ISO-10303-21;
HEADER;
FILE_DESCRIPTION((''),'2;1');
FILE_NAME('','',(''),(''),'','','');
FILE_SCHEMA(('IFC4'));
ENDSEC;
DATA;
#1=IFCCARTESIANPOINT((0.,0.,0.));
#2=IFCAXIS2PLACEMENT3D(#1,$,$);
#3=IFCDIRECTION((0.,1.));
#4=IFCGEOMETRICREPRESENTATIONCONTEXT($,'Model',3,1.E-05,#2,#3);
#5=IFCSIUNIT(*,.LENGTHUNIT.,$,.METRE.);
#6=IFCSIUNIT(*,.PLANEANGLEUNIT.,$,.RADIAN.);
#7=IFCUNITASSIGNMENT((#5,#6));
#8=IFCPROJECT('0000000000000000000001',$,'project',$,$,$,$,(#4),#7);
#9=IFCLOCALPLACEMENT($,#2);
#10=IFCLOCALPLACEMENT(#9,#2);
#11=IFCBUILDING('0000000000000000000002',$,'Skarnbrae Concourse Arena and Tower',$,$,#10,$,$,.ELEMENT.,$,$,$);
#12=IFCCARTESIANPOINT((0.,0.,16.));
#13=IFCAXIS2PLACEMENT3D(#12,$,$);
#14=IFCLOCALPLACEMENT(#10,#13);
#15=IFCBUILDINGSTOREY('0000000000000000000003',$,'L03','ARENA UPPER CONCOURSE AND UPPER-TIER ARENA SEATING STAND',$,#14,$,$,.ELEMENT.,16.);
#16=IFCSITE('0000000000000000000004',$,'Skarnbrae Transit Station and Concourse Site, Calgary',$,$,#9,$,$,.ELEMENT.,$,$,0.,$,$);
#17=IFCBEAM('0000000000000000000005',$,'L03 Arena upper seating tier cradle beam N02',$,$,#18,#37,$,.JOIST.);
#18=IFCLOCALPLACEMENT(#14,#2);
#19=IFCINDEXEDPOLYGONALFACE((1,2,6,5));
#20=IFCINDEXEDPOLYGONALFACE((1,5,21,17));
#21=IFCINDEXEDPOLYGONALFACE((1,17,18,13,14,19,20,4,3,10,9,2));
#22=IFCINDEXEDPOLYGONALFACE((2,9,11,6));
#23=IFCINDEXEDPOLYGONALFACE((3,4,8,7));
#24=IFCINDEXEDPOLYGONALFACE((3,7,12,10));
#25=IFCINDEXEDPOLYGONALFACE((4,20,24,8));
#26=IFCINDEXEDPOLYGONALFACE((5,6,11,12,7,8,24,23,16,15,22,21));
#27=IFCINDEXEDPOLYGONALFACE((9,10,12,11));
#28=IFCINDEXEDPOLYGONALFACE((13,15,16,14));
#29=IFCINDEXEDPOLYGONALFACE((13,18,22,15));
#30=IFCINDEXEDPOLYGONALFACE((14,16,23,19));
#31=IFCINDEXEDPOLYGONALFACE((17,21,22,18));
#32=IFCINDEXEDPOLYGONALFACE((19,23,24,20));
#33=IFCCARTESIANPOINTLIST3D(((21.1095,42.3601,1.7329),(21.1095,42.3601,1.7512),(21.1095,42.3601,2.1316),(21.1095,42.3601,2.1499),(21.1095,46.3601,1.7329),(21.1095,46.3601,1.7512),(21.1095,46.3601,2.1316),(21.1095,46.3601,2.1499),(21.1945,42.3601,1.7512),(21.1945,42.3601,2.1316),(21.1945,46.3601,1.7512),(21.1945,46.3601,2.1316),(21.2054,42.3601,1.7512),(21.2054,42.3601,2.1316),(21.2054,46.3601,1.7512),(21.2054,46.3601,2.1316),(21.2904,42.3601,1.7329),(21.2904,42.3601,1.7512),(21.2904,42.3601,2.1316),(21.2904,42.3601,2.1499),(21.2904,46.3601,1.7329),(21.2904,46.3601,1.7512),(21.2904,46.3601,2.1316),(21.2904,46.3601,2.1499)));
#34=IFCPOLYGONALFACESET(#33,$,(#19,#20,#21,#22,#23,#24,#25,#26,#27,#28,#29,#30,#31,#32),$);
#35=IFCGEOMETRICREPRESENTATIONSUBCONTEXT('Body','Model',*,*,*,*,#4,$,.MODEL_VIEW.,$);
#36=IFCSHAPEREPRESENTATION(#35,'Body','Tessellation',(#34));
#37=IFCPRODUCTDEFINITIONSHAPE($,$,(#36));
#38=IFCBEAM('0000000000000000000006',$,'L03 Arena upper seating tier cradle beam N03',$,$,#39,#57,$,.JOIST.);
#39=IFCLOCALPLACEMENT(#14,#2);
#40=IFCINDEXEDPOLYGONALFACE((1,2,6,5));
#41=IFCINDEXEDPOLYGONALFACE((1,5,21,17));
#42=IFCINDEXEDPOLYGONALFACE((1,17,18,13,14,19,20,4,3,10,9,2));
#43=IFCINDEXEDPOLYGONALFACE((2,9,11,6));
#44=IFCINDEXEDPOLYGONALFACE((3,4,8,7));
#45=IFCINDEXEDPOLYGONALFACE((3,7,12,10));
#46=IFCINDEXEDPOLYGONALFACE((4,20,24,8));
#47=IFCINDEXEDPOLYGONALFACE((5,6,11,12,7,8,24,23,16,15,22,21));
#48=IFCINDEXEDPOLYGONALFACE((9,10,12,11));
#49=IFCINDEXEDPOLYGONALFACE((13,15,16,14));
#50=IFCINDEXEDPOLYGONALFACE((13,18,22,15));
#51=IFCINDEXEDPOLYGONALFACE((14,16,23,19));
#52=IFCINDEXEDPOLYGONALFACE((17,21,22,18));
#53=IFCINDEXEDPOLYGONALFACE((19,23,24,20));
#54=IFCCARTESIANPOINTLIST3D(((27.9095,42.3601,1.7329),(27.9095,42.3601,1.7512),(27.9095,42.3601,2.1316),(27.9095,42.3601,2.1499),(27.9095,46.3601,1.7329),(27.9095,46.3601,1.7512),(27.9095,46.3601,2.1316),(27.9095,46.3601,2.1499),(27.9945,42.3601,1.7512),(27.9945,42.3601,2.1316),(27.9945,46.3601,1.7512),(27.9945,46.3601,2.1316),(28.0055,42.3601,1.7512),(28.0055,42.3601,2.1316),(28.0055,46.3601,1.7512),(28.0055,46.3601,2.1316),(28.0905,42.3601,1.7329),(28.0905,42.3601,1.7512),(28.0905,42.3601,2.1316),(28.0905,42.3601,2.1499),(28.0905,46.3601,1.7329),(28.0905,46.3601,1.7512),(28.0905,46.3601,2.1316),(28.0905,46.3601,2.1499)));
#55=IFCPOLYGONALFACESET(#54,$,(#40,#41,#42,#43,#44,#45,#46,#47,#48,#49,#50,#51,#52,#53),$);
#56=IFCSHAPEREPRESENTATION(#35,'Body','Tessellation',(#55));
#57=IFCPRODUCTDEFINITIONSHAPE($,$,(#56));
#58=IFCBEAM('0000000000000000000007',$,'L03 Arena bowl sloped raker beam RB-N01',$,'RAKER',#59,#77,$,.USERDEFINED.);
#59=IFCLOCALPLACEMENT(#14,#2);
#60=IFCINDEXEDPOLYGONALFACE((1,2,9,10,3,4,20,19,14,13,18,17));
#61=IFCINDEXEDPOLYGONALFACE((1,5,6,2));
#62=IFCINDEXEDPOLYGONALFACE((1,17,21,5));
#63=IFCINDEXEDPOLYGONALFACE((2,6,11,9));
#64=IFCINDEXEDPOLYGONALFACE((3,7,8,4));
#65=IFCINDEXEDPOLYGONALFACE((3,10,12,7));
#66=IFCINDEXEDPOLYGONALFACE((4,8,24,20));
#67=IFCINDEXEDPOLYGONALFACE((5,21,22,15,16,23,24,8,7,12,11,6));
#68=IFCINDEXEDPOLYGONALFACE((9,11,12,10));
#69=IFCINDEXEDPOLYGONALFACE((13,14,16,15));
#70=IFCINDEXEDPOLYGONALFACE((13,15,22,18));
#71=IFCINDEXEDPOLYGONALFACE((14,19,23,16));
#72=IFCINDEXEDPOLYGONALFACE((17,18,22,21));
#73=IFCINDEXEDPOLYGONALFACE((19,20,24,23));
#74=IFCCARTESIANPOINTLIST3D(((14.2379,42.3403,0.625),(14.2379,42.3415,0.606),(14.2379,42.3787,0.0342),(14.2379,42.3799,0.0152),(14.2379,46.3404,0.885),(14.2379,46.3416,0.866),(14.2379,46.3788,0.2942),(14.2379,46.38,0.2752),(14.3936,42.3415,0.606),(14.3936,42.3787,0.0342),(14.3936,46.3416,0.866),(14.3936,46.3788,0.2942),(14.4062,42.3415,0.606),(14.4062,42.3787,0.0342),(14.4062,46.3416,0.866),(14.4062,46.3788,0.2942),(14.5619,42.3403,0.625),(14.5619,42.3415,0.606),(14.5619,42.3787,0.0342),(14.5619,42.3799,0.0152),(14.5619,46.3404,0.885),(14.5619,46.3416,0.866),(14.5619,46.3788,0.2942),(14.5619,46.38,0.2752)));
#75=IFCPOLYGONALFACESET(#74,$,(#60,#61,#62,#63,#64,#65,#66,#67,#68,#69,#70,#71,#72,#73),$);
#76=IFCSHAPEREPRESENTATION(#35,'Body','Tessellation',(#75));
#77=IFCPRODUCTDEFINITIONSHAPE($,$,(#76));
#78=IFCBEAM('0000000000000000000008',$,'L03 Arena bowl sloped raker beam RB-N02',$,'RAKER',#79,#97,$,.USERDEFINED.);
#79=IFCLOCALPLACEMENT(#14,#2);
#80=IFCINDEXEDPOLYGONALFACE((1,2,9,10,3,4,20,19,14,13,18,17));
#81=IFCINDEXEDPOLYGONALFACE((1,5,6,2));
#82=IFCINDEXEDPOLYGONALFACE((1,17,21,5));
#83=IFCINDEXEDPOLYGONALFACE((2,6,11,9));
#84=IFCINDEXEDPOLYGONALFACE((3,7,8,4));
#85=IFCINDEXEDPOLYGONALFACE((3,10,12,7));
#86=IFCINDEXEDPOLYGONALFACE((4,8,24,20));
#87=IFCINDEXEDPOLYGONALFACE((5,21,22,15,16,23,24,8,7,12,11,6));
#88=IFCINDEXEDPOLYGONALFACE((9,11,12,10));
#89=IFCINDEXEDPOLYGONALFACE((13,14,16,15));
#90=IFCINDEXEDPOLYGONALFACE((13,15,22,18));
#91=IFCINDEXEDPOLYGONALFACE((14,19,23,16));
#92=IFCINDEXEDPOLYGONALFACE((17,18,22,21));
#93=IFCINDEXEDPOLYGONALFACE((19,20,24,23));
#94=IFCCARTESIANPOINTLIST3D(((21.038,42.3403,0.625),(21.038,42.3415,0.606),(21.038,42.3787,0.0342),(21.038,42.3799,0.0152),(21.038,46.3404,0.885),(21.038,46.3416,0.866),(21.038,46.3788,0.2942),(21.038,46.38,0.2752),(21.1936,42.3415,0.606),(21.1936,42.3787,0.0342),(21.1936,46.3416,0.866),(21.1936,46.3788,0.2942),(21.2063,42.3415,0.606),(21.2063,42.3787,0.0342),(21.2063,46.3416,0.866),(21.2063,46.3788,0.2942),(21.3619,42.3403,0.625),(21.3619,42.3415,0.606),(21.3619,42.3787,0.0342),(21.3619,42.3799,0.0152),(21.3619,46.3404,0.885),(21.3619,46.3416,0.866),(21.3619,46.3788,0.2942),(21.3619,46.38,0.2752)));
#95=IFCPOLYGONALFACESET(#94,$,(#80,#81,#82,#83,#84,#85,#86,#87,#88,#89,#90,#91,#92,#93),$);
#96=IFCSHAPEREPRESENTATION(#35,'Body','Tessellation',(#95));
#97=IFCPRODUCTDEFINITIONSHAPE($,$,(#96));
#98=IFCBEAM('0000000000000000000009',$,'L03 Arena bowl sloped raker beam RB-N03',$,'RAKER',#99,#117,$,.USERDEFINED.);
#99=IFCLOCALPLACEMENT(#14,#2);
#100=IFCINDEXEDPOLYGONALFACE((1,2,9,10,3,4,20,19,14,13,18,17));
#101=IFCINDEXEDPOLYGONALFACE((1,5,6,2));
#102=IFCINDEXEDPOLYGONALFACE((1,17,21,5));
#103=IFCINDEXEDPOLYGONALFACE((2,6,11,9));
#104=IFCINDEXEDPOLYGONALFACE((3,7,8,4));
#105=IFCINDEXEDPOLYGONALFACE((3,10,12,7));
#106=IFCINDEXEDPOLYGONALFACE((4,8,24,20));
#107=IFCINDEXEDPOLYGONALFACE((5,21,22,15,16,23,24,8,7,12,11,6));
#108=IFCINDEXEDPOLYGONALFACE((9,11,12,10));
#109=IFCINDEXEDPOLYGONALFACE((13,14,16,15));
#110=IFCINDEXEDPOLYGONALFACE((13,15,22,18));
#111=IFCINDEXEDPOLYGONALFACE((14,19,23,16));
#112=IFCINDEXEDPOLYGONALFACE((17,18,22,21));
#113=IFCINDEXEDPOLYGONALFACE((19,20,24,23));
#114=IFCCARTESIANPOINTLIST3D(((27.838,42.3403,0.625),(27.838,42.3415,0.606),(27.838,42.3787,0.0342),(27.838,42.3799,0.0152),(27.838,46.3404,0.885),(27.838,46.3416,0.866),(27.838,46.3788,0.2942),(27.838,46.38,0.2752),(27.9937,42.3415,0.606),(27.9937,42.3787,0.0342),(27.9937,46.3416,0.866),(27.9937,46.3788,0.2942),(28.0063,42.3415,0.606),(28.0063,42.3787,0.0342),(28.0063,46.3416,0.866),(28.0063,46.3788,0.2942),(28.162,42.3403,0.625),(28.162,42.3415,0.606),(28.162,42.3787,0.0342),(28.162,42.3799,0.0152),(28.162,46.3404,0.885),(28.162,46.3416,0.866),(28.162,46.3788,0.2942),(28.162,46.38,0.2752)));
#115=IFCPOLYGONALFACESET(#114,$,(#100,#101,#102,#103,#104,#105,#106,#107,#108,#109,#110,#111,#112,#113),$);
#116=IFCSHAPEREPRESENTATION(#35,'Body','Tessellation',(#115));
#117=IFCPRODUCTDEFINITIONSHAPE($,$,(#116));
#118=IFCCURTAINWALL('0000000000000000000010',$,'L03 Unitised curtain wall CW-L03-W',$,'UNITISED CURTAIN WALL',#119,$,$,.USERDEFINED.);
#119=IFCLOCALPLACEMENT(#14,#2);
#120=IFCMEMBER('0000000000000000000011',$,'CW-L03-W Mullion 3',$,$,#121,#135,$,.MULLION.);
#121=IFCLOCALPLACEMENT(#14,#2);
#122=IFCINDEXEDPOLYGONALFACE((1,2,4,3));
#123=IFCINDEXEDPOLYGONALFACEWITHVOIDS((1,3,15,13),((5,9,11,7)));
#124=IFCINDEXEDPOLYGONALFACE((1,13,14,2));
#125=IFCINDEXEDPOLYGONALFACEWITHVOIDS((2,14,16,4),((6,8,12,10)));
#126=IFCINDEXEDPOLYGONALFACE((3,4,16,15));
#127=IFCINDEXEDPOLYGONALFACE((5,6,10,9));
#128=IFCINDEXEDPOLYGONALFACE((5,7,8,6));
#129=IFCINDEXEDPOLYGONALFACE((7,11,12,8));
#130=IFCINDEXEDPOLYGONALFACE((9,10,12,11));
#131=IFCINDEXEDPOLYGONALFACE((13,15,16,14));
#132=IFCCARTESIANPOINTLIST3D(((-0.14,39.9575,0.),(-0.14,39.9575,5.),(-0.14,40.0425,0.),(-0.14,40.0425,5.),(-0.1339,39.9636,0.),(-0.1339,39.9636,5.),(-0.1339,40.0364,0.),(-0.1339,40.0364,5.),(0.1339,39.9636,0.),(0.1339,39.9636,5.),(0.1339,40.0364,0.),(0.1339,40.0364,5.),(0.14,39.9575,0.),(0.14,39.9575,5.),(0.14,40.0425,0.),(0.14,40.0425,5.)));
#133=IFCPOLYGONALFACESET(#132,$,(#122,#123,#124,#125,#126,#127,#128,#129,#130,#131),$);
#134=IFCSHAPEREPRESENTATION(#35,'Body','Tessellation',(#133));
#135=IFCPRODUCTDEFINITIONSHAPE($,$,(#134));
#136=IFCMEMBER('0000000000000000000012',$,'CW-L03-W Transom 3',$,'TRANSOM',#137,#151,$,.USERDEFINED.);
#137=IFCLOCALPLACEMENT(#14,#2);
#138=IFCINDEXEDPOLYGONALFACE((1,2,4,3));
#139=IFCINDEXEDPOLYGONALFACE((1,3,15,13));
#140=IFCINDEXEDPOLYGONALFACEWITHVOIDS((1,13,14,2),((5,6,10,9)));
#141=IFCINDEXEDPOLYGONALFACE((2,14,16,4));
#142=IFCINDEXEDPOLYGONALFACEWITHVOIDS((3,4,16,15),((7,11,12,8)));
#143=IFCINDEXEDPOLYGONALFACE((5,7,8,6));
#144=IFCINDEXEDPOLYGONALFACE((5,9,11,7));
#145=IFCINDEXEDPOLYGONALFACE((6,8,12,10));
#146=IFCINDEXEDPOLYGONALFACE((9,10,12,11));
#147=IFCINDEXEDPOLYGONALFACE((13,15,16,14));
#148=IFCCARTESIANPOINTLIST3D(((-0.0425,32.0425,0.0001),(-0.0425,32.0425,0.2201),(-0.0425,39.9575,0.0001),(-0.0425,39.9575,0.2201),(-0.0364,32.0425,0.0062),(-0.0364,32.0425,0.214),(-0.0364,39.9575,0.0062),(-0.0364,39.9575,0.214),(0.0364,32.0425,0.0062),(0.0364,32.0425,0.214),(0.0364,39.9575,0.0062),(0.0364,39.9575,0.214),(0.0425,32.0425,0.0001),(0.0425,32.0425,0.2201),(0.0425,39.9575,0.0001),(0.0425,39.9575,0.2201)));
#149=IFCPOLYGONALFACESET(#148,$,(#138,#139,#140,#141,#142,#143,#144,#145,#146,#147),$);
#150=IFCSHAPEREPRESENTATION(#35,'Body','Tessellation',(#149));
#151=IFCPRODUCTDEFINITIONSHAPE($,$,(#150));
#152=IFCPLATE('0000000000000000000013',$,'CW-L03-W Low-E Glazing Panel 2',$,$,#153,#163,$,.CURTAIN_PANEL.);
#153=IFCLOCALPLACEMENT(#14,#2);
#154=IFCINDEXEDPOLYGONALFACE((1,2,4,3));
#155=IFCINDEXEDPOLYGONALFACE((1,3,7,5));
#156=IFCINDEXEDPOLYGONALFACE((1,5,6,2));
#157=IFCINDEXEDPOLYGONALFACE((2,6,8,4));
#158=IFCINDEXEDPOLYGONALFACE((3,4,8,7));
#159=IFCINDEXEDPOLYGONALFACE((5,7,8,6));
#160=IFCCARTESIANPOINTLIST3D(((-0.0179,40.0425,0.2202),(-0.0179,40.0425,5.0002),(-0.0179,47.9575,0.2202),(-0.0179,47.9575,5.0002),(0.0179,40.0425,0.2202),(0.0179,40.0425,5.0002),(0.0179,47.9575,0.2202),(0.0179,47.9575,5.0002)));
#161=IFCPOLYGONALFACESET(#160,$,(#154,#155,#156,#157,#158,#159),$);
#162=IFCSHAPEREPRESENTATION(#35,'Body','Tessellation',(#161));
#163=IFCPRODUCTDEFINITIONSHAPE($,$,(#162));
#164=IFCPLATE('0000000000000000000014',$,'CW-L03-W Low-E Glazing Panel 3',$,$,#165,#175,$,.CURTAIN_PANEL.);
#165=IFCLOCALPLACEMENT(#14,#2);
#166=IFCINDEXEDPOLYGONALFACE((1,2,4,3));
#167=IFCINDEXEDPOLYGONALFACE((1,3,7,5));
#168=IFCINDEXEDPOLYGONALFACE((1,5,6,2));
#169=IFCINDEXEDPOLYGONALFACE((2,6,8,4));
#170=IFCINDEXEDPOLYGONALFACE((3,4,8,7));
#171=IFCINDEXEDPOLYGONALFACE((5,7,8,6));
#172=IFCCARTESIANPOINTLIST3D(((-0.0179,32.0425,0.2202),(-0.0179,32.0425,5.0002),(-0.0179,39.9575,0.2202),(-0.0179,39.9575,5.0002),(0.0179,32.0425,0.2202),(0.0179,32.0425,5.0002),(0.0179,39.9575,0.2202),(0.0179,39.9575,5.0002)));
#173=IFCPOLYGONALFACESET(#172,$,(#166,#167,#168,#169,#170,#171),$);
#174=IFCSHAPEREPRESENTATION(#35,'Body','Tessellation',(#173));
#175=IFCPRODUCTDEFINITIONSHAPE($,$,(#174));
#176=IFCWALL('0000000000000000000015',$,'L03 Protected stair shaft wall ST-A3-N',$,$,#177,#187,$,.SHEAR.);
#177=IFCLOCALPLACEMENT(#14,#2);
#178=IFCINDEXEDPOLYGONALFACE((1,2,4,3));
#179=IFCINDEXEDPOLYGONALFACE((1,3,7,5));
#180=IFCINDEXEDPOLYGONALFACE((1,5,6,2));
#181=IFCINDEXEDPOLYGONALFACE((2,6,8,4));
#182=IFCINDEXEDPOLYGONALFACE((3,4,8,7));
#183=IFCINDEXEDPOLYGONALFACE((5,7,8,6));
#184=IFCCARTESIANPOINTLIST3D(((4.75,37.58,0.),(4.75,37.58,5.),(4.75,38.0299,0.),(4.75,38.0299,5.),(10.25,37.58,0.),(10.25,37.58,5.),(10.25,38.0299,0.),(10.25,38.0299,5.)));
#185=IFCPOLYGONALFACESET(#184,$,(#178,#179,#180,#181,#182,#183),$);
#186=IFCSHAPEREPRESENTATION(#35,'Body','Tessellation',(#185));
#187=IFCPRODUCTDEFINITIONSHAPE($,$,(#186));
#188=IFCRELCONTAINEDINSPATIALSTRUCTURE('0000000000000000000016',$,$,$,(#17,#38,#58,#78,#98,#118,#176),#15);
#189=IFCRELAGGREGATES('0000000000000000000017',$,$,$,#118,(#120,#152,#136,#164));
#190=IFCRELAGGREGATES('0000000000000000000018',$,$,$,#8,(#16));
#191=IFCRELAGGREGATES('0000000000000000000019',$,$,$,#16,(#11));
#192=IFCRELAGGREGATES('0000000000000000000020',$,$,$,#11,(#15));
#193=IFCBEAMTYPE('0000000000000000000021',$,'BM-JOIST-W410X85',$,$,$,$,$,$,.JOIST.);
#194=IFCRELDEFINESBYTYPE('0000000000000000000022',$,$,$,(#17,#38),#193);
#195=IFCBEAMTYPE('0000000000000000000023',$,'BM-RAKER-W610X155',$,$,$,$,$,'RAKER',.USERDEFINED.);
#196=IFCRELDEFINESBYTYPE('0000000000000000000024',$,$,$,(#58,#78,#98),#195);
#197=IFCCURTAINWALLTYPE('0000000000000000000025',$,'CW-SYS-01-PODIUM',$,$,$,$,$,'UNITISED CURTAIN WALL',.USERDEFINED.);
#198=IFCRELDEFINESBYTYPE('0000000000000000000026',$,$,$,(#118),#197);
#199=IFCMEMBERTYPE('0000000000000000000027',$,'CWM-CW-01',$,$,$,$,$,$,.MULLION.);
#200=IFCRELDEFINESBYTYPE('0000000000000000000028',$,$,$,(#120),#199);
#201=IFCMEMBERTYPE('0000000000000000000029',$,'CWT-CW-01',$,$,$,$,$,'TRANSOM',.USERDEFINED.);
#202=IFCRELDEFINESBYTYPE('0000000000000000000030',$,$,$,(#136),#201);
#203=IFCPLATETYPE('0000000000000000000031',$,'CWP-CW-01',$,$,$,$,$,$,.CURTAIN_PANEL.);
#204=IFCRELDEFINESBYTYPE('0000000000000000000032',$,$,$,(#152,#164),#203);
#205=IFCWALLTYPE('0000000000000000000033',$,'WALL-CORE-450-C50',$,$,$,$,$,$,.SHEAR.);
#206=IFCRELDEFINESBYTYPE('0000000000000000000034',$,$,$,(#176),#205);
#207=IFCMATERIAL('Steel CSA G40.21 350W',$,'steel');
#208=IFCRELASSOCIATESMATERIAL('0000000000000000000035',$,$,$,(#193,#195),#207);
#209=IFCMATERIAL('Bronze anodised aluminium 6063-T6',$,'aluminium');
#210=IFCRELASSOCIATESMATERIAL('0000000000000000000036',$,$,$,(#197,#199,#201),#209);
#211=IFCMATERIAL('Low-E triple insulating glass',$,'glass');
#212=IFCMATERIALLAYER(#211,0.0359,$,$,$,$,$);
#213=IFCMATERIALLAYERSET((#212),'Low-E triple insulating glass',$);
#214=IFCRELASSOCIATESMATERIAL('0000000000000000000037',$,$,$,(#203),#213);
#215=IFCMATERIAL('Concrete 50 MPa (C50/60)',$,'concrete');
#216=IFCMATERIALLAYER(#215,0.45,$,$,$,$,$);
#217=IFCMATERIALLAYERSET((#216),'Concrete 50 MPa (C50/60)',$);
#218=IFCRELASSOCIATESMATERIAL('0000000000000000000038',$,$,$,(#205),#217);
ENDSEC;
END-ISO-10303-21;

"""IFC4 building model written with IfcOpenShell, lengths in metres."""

from ifc_helpers import new_model, si_unit, direction, frame, frame_2d, origin, origin_2d, place, context, subcontext, project, spatial, rectangle, hollow_rectangle, i_section, extrude, source, transform, mapped, material, layer, layer_set, material_profile, profile_set, type_object, element, aggregate, save


model = new_model("IFC4")

# Units and contexts
model_context = context("Model", 3, precision=1e-05, world=origin(), true_north=direction((0.0, 1.0)))
body_context = subcontext(model_context, "Body", "Model", "MODEL_VIEW")
ifc_project = project(units=[si_unit("LENGTHUNIT", "METRE"), si_unit("PLANEANGLEUNIT", "RADIAN")], contexts=[model_context])

# Site, building, storey
site_placement = place(None, origin())
site = spatial("IfcSite", under=ifc_project, at=site_placement, Name="Skarnbrae Transit Station and Concourse Site, Calgary", CompositionType="ELEMENT", RefElevation=0.0)
building_placement = place(site_placement, origin())
building = spatial("IfcBuilding", under=site, at=building_placement, Name="Skarnbrae Concourse Arena and Tower", CompositionType="ELEMENT")
storey_placement = place(building_placement, frame((0.0, 0.0, 16.0)))
storey = spatial("IfcBuildingStorey", under=building, at=storey_placement, Name="L03", Description="ARENA UPPER CONCOURSE AND UPPER-TIER ARENA SEATING STAND", CompositionType="ELEMENT", Elevation=16.0)

# Shared definitions
ifc_material_1 = material(Name="Steel CSA G40.21 350W", Category="steel")

# Beams
ifc_material_profile_1 = material_profile(ifc_material_1, i_section(OverallWidth=0.1809, OverallDepth=0.417, WebThickness=0.011, FlangeThickness=0.0183, at=origin_2d()), Name="W410X85")
ifc_profile_set_1 = profile_set([ifc_material_profile_1], Name="Steel CSA G40.21 350W")
beam_type_1 = type_object("IfcBeamType", Name="BM-JOIST-W410X85", PredefinedType="JOIST", material=ifc_profile_set_1)
shared_shape_1 = source(origin(), body_context, "Body", "SweptSolid", [
    extrude(i_section(OverallWidth=0.1809, OverallDepth=0.417, WebThickness=0.011, FlangeThickness=0.0183, at=origin_2d()), origin(), (0.0, 0.0, 1.0), 4.0),
])
for number, where, z_axis, x_axis, name in (
    (1, (21.2, 42.3601, 1.9414), (0.0, 1.0, 0.0), (-1.0, 0.0, 0.0), "L03 Arena upper seating tier cradle beam N02"),
    (2, (28.0, 42.3601, 1.9414), (0.0, 1.0, 0.0), (-1.0, 0.0, 0.0), "L03 Arena upper seating tier cradle beam N03"),
):
    element("IfcBeam", number, at=place(storey_placement, frame(where, z_axis=z_axis, x_axis=x_axis)), inside=storey, type_object=beam_type_1, Name=name, PredefinedType="JOIST", context=body_context, shape_type="MappedRepresentation", body=[
        mapped(shared_shape_1, transform((0.0, 0.0, 0.0))),
    ])
ifc_material_profile_2 = material_profile(ifc_material_1, i_section(OverallWidth=0.324, OverallDepth=0.6111, WebThickness=0.0127, FlangeThickness=0.019, at=origin_2d()), Name="W610X155")
ifc_profile_set_2 = profile_set([ifc_material_profile_2], Name="Steel CSA G40.21 350W")
beam_type_2 = type_object("IfcBeamType", Name="BM-RAKER-W610X155", ElementType="RAKER", PredefinedType="USERDEFINED", material=ifc_profile_set_2)
shared_shape_2 = source(origin(), body_context, "Body", "SweptSolid", [
    extrude(i_section(OverallWidth=0.324, OverallDepth=0.6111, WebThickness=0.0127, FlangeThickness=0.019, at=origin_2d()), origin(), (0.0, 0.0, 1.0), 4.0085),
])
for number, where, z_axis, x_axis, name in (
    (3, (14.3999, 42.3601, 0.3201), (0.0, 0.997894, 0.064866), (-1.0, 0.0, 0.0), "L03 Arena bowl sloped raker beam RB-N01"),
    (4, (21.2, 42.3601, 0.3201), (0.0, 0.997894, 0.064866), (-1.0, 0.0, 0.0), "L03 Arena bowl sloped raker beam RB-N02"),
    (5, (28.0, 42.3601, 0.3201), (0.0, 0.997894, 0.064866), (-1.0, 0.0, 0.0), "L03 Arena bowl sloped raker beam RB-N03"),
):
    element("IfcBeam", number, at=place(storey_placement, frame(where, z_axis=z_axis, x_axis=x_axis)), inside=storey, type_object=beam_type_2, Name=name, ObjectType="RAKER", PredefinedType="USERDEFINED", context=body_context, shape_type="MappedRepresentation", body=[
        mapped(shared_shape_2, transform((0.0, 0.0, 0.0))),
    ])

# Curtain wall, members, plates
ifc_material_2 = material(Name="Bronze anodised aluminium 6063-T6", Category="aluminium")
curtain_wall_type = type_object("IfcCurtainWallType", Name="CW-SYS-01-PODIUM", ElementType="UNITISED CURTAIN WALL", PredefinedType="USERDEFINED", material=ifc_material_2)
curtain_wall_placement = place(storey_placement, origin())
curtain_wall = element("IfcCurtainWall", 6, at=curtain_wall_placement, inside=storey, type_object=curtain_wall_type, Name="L03 Unitised curtain wall CW-L03-W", ObjectType="UNITISED CURTAIN WALL", PredefinedType="USERDEFINED")
ifc_material_profile_3 = material_profile(ifc_material_2, hollow_rectangle(XDim=0.085, YDim=0.28, WallThickness=0.0061, at=origin_2d()), Name="ALU-MULL-85X280")
ifc_profile_set_3 = profile_set([ifc_material_profile_3], Name="Bronze anodised aluminium 6063-T6")
member_type_1 = type_object("IfcMemberType", Name="CWM-CW-01", PredefinedType="MULLION", material=ifc_profile_set_3)
shared_shape_3 = source(origin(), body_context, "Body", "SweptSolid", [
    extrude(hollow_rectangle(XDim=0.085, YDim=0.28, WallThickness=0.0061, at=origin_2d()), origin(), (0.0, 0.0, 1.0), 5.0),
])
member_1_placement = place(storey_placement, frame((0.0, 40.0, 0.0), z_axis=(0.0, 0.0, 1.0), x_axis=(0.0, -1.0, 0.0)))
member_1 = element("IfcMember", 7, at=member_1_placement, type_object=member_type_1, Name="CW-L03-W Mullion 3", PredefinedType="MULLION", context=body_context, shape_type="MappedRepresentation", body=[
    mapped(shared_shape_3, transform((0.0, 0.0, 0.0))),
])
ifc_material_profile_4 = material_profile(ifc_material_2, hollow_rectangle(XDim=0.085, YDim=0.22, WallThickness=0.0061, at=origin_2d()), Name="ALU-TRAN-85X220")
ifc_profile_set_4 = profile_set([ifc_material_profile_4], Name="Bronze anodised aluminium 6063-T6")
member_type_2 = type_object("IfcMemberType", Name="CWT-CW-01", ElementType="TRANSOM", PredefinedType="USERDEFINED", material=ifc_profile_set_4)
shared_shape_4 = source(origin(), body_context, "Body", "SweptSolid", [
    extrude(hollow_rectangle(XDim=0.085, YDim=0.22, WallThickness=0.0061, at=origin_2d()), origin(), (0.0, 0.0, 1.0), 7.915),
])
member_2_placement = place(storey_placement, frame((0.0, 39.9575, 0.1101), z_axis=(0.0, -1.0, 0.0), x_axis=(1.0, 0.0, 0.0)))
member_2 = element("IfcMember", 8, at=member_2_placement, type_object=member_type_2, Name="CW-L03-W Transom 3", ObjectType="TRANSOM", PredefinedType="USERDEFINED", context=body_context, shape_type="MappedRepresentation", body=[
    mapped(shared_shape_4, transform((0.0, 0.0, 0.0))),
])
ifc_material_3 = material(Name="Low-E triple insulating glass", Category="glass")
ifc_layer_1 = layer(ifc_material_3, 0.0359)
ifc_layer_set_1 = layer_set([ifc_layer_1], Name="Low-E triple insulating glass")
plate_type = type_object("IfcPlateType", Name="CWP-CW-01", PredefinedType="CURTAIN_PANEL", material=ifc_layer_set_1)
shared_shape_5 = source(origin(), body_context, "Body", "SweptSolid", [
    extrude(rectangle(XDim=7.915, YDim=0.0359, at=origin_2d()), origin(), (0.0, 0.0, 1.0), 4.78),
])
plate_1_placement = place(storey_placement, frame((0.0, 44.0, 0.2202), z_axis=(0.0, 0.0, 1.0), x_axis=(0.0, -1.0, 0.0)))
plate_1 = element("IfcPlate", 9, at=plate_1_placement, type_object=plate_type, Name="CW-L03-W Low-E Glazing Panel 2", PredefinedType="CURTAIN_PANEL", context=body_context, shape_type="MappedRepresentation", body=[
    mapped(shared_shape_5, transform((0.0, 0.0, 0.0))),
])
plate_2_placement = place(storey_placement, frame((0.0, 36.0, 0.2202), z_axis=(0.0, 0.0, 1.0), x_axis=(0.0, -1.0, 0.0)))
plate_2 = element("IfcPlate", 10, at=plate_2_placement, type_object=plate_type, Name="CW-L03-W Low-E Glazing Panel 3", PredefinedType="CURTAIN_PANEL", context=body_context, shape_type="MappedRepresentation", body=[
    mapped(shared_shape_5, transform((0.0, 0.0, 0.0))),
])
aggregate(curtain_wall, [member_1, plate_1, member_2, plate_2])

# Wall
ifc_material_4 = material(Name="Concrete 50 MPa (C50/60)", Category="concrete")
ifc_layer_2 = layer(ifc_material_4, 0.45)
ifc_layer_set_2 = layer_set([ifc_layer_2], Name="Concrete 50 MPa (C50/60)")
wall_type_1 = type_object("IfcWallType", Name="WALL-CORE-450-C50", PredefinedType="SHEAR", material=ifc_layer_set_2)
shared_shape_6 = source(origin(), body_context, "Body", "SweptSolid", [
    extrude(rectangle(XDim=5.5, YDim=0.45, at=frame_2d((2.75, 0.0))), origin(), (0.0, 0.0, 1.0), 5.0),
])
wall_placement = place(storey_placement, frame((4.75, 37.8049, 0.0), z_axis=(0.0, 0.0, 1.0), x_axis=(1.0, 0.0, 0.0)))
element("IfcWall", 11, at=wall_placement, inside=storey, type_object=wall_type_1, Name="L03 Protected stair shaft wall ST-A3-N", PredefinedType="SHEAR", context=body_context, shape_type="MappedRepresentation", body=[
    mapped(shared_shape_6, transform((0.0, 0.0, 0.0))),
])

save(model, "model.ifc")
